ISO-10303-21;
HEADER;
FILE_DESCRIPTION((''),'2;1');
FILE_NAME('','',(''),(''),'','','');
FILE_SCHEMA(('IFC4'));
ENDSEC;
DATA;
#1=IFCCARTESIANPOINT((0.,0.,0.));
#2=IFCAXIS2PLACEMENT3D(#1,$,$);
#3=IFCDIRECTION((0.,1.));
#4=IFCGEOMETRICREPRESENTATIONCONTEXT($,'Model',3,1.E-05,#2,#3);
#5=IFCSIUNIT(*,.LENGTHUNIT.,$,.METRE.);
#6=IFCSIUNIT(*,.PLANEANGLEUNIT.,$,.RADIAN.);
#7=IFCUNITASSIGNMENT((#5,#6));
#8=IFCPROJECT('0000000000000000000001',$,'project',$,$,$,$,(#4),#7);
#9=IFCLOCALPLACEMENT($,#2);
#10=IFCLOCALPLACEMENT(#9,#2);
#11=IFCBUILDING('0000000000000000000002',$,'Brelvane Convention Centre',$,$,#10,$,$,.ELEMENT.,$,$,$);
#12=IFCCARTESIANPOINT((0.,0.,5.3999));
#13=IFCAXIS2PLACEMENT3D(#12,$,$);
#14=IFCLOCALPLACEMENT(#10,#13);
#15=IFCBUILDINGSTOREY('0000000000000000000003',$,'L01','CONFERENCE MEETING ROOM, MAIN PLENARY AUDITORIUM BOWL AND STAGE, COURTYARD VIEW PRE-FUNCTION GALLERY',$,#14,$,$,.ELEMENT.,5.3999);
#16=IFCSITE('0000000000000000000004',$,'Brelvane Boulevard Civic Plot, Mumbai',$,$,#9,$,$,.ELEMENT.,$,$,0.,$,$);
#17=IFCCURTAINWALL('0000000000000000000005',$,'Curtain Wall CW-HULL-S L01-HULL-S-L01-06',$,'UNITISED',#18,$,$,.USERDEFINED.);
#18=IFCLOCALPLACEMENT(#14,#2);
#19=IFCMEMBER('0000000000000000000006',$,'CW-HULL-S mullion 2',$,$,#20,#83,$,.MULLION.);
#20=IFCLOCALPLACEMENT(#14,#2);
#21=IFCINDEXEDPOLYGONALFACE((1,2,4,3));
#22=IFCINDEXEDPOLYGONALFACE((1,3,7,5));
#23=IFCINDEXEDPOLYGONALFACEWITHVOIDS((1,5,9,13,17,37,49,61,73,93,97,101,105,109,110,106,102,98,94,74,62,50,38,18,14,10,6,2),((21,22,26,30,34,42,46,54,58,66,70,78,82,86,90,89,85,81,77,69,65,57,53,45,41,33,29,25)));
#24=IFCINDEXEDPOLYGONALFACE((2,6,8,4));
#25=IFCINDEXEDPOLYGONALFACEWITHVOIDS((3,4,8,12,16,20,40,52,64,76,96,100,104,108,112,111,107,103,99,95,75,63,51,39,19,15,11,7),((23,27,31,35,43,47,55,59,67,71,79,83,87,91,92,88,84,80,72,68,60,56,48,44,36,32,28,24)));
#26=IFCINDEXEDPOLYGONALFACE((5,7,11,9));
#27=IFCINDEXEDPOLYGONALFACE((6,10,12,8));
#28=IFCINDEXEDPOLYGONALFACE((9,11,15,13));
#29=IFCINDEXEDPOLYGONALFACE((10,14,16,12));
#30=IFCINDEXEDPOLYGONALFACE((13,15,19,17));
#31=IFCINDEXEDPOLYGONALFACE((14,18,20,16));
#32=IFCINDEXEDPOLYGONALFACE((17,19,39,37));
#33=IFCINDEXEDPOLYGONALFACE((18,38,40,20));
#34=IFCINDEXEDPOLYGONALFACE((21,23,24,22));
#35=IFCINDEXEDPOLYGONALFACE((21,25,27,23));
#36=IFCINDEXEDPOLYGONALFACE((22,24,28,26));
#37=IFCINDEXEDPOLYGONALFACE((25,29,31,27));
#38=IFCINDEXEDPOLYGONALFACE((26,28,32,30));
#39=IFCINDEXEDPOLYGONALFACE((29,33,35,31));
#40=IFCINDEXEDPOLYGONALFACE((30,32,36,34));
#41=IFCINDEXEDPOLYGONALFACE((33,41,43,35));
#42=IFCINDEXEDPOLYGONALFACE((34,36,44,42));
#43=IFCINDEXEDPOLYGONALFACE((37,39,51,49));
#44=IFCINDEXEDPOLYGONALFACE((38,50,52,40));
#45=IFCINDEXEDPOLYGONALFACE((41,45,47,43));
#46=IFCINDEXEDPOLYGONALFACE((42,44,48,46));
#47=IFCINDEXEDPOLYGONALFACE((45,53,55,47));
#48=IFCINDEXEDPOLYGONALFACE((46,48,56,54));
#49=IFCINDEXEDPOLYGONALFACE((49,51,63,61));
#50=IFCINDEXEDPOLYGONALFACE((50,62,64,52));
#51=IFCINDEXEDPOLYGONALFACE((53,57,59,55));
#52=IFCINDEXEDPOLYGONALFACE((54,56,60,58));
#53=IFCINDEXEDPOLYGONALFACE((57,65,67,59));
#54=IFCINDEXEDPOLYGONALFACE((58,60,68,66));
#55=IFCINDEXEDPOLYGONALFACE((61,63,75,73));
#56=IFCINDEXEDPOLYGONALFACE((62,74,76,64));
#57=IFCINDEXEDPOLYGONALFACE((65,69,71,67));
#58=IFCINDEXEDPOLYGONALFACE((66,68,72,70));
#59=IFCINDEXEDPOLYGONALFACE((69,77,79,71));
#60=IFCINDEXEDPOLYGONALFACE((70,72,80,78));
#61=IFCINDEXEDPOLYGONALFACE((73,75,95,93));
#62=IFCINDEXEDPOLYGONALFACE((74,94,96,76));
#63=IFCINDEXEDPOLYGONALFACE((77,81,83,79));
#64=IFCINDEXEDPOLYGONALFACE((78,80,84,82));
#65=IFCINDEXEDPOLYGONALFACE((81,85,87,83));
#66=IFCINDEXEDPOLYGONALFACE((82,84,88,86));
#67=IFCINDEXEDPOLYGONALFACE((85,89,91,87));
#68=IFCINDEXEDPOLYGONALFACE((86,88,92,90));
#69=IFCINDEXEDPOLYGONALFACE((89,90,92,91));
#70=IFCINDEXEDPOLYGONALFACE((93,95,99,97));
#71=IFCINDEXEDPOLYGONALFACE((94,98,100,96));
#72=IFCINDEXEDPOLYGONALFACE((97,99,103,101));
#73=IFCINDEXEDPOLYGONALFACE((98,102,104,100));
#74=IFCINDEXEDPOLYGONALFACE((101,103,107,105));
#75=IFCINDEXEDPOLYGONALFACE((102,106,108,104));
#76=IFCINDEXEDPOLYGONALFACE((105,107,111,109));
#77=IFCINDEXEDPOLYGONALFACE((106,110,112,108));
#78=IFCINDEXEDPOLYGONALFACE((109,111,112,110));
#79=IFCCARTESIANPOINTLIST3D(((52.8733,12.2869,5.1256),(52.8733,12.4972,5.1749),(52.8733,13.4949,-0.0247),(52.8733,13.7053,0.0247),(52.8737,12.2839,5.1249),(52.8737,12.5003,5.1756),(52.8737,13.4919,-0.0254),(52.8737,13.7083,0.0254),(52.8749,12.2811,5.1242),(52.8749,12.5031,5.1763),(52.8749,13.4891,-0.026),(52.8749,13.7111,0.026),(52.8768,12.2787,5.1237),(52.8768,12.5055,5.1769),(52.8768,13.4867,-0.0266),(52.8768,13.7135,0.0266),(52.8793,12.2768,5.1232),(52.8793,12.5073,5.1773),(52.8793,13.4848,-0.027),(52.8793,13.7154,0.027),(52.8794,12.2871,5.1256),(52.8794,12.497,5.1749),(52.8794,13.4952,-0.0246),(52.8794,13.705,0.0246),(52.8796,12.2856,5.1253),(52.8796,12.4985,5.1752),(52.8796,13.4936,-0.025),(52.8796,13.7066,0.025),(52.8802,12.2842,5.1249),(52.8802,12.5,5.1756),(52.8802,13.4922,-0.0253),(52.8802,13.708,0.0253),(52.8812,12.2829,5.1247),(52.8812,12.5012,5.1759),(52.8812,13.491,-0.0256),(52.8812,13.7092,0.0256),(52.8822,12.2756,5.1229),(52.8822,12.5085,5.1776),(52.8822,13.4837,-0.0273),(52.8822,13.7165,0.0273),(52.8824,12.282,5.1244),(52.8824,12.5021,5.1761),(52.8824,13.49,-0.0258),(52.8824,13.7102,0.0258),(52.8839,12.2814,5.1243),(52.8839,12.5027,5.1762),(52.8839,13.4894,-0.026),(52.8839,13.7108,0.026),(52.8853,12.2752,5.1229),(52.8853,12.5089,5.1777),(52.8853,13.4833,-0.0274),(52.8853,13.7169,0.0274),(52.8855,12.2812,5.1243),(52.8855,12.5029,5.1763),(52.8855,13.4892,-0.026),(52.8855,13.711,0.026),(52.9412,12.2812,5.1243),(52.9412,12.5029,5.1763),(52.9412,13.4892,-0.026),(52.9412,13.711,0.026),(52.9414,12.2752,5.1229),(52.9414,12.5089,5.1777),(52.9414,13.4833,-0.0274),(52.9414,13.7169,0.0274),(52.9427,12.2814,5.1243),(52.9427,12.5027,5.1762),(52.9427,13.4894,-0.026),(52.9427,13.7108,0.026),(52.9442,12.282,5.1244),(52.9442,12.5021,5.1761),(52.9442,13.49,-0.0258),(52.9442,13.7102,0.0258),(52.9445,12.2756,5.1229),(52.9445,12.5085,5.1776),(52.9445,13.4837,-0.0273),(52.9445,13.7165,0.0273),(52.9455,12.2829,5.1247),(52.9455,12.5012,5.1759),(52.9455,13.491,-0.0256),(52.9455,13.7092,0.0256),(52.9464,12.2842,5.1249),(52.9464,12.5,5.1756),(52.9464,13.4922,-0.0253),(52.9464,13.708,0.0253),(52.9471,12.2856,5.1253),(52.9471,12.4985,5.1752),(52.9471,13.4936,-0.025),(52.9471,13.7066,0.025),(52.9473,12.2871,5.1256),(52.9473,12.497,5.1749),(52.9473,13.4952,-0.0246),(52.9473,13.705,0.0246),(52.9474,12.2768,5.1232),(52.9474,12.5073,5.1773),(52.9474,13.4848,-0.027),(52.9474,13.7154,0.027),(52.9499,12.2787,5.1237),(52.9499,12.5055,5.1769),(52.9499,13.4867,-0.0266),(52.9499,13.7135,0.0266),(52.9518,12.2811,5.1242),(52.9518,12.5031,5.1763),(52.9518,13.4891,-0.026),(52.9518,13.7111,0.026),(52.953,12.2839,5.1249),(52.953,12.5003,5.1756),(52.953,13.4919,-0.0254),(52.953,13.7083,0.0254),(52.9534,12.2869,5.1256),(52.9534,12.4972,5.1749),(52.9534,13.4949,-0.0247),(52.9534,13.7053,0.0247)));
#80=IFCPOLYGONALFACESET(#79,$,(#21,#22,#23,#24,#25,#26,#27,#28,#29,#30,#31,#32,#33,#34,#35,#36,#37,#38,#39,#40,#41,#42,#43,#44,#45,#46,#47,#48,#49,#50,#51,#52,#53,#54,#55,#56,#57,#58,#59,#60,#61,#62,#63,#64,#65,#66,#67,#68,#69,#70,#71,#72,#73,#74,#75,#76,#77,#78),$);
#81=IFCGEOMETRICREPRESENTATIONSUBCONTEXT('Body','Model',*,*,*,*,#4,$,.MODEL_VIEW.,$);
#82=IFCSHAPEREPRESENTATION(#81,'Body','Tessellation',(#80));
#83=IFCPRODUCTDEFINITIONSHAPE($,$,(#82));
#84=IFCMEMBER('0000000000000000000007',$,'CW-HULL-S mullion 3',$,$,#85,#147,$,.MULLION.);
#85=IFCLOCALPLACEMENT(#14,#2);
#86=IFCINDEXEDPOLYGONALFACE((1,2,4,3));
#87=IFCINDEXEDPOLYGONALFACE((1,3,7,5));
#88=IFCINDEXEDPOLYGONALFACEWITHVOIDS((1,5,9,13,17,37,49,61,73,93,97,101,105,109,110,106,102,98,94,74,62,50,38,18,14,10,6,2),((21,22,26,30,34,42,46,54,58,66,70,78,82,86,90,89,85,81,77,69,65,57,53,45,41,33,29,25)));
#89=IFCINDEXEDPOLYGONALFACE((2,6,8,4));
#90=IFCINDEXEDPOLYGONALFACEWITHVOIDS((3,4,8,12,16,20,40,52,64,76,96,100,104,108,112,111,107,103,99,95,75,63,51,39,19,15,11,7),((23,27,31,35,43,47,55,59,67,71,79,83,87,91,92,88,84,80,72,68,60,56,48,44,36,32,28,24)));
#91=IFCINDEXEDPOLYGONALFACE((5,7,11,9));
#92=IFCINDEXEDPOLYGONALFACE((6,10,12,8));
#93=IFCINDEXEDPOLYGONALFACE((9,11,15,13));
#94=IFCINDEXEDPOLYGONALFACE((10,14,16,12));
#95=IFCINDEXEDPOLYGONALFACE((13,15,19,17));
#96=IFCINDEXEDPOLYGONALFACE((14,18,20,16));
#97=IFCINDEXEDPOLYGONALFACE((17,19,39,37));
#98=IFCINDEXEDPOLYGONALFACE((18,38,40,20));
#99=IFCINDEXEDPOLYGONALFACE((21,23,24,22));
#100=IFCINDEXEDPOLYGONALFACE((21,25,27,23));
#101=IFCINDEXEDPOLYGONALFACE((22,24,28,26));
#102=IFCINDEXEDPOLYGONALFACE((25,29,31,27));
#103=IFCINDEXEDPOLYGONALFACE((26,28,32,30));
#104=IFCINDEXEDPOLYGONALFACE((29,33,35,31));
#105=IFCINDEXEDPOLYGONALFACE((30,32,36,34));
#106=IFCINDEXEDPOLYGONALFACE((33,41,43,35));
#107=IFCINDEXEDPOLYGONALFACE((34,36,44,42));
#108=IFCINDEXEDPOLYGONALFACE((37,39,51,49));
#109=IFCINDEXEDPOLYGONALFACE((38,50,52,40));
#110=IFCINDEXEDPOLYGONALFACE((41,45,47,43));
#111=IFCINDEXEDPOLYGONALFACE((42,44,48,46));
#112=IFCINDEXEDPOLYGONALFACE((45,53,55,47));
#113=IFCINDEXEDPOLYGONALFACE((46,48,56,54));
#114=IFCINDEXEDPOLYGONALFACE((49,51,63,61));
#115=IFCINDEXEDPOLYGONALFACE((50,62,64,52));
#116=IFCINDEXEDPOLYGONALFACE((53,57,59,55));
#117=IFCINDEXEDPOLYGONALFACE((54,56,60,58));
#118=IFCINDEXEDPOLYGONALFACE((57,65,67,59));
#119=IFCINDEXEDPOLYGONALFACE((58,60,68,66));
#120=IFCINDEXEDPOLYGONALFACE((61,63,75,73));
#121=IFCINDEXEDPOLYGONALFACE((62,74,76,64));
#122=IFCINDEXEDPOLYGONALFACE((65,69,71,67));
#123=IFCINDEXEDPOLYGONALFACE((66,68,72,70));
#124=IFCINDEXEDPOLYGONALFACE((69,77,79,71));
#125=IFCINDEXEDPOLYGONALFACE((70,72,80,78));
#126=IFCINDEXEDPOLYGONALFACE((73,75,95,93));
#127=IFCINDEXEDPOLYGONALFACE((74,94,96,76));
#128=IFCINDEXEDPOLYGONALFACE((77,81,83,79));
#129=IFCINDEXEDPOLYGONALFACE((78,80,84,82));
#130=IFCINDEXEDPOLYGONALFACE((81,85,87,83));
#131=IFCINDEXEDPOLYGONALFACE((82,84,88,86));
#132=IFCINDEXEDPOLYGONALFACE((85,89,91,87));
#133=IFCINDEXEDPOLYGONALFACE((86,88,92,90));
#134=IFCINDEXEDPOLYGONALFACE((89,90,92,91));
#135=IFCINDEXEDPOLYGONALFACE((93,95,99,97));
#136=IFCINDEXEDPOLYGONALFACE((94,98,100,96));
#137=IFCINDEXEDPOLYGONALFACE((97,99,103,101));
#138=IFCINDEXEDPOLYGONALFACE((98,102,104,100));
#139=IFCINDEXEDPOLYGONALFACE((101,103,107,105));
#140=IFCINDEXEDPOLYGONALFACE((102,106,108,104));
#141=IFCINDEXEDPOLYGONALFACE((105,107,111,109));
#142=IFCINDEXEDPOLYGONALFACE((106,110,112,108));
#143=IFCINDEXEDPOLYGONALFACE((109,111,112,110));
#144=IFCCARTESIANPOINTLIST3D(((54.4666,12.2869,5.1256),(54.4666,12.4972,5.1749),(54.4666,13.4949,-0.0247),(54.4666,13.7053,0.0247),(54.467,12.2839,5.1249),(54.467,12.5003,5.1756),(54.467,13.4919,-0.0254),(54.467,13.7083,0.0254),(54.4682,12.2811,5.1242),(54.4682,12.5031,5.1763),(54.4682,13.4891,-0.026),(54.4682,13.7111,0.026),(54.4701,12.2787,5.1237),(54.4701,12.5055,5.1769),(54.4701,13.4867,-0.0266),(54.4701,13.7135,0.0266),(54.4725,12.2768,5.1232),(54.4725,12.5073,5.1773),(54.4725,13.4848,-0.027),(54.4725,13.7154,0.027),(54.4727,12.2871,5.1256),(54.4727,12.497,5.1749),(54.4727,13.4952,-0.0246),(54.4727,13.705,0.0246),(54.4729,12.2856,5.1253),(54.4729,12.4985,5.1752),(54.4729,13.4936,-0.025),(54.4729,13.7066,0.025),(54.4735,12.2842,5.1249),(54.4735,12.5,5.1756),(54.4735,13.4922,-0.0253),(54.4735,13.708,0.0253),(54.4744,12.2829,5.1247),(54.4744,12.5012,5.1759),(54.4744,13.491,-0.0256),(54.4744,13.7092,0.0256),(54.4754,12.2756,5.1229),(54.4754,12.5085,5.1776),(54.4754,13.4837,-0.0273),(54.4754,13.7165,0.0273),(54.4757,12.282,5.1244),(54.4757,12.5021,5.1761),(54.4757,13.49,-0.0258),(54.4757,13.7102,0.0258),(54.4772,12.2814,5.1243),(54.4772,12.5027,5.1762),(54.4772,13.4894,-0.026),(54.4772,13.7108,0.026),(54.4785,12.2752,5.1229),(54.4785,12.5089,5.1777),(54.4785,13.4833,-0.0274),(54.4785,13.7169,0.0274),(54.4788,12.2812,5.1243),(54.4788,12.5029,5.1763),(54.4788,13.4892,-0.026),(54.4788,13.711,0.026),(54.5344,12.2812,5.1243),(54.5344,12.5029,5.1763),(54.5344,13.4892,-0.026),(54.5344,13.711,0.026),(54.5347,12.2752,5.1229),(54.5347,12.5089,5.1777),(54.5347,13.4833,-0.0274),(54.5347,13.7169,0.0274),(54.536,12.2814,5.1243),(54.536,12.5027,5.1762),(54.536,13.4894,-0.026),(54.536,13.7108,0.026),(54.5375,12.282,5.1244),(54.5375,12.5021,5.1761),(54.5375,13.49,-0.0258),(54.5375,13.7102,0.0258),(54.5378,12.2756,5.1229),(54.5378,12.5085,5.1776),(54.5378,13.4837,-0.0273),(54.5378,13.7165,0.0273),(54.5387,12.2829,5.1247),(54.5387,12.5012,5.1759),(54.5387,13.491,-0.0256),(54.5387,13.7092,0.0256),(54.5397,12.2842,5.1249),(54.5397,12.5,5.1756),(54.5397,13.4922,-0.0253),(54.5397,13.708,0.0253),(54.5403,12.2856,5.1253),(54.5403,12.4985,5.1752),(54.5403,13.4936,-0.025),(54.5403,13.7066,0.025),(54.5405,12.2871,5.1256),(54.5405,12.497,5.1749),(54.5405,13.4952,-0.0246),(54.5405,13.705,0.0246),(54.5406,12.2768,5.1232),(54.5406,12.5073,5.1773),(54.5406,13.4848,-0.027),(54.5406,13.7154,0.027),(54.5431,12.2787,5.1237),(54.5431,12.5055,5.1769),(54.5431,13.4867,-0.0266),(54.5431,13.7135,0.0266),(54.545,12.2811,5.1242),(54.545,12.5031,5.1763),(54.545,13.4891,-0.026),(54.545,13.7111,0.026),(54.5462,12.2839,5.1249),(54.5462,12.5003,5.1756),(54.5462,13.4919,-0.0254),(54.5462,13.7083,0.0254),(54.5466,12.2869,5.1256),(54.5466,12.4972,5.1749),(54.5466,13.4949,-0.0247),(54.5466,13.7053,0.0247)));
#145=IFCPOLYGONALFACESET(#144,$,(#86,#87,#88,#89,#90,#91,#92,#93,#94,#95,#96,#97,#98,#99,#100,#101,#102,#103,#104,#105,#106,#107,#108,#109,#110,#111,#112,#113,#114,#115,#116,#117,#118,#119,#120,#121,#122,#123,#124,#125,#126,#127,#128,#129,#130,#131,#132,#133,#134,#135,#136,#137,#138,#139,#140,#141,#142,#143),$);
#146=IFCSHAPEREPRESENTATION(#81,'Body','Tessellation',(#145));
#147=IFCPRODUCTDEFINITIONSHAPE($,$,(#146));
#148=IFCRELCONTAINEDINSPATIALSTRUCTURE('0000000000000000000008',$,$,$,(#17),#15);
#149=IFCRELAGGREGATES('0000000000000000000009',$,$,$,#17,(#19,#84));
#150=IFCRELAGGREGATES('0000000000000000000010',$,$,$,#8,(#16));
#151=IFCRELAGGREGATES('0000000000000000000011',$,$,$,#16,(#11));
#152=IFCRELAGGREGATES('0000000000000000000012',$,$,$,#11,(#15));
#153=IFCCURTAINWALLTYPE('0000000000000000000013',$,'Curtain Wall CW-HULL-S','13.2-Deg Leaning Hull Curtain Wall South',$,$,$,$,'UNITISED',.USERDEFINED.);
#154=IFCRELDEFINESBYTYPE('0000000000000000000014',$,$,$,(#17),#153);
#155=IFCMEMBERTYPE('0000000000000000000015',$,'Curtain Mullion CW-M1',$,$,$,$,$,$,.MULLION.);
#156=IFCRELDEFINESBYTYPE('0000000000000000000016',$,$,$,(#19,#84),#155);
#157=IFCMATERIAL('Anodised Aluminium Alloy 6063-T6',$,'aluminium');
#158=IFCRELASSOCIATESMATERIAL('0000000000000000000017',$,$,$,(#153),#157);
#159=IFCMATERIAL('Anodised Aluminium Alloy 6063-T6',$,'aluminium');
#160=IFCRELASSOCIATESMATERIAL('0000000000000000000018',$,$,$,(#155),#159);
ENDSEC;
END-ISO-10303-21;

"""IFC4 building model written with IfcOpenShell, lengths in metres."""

from ifc_helpers import new_model, si_unit, direction, frame, origin, origin_2d, place, context, subcontext, project, spatial, hollow_rectangle, extrude, material, material_profile, profile_set, type_object, element, aggregate, save


model = new_model("IFC4")

# Units and contexts
model_context = context("Model", 3, precision=1e-05, world=origin(), true_north=direction((0.0, 1.0)))
body_context = subcontext(model_context, "Body", "Model", "MODEL_VIEW")
ifc_project = project(units=[si_unit("LENGTHUNIT", "METRE"), si_unit("PLANEANGLEUNIT", "RADIAN")], contexts=[model_context])

# Site, building, storey
site_placement = place(None, origin())
site = spatial("IfcSite", under=ifc_project, at=site_placement, Name="Brelvane Boulevard Civic Plot, Mumbai", CompositionType="ELEMENT", RefElevation=0.0)
building_placement = place(site_placement, origin())
building = spatial("IfcBuilding", under=site, at=building_placement, Name="Brelvane Convention Centre", CompositionType="ELEMENT")
storey_placement = place(building_placement, frame((0.0, 0.0, 5.3999)))
storey = spatial("IfcBuildingStorey", under=building, at=storey_placement, Name="L01", Description="CONFERENCE MEETING ROOM, MAIN PLENARY AUDITORIUM BOWL AND STAGE, COURTYARD VIEW PRE-FUNCTION GALLERY", CompositionType="ELEMENT", Elevation=5.3999)

# Curtain wall, members
ifc_material_1 = material(Name="Anodised Aluminium Alloy 6063-T6", Category="aluminium")
curtain_wall_type = type_object("IfcCurtainWallType", Name="Curtain Wall CW-HULL-S", Description="13.2-Deg Leaning Hull Curtain Wall South", ElementType="UNITISED", PredefinedType="USERDEFINED", material=ifc_material_1)
ifc_material_2 = material(Name="Anodised Aluminium Alloy 6063-T6", Category="aluminium")
ifc_material_profile_1 = material_profile(ifc_material_2, hollow_rectangle(XDim=0.0801, YDim=0.24, WallThickness=0.0061, InnerFilletRadius=0.0061, OuterFilletRadius=0.012, at=origin_2d()), Name="ALU-M 240x80x6.0")
ifc_profile_set_1 = profile_set([ifc_material_profile_1], Name="Anodised Aluminium Alloy 6063-T6")
member_type_1 = type_object("IfcMemberType", Name="Curtain Mullion CW-M1", PredefinedType="MULLION", material=ifc_profile_set_1)
curtain_wall_1_placement = place(storey_placement, origin())
curtain_wall_1 = element("IfcCurtainWall", 1, at=curtain_wall_1_placement, inside=storey, type_object=curtain_wall_type, Name="Curtain Wall CW-HULL-S L01-HULL-S-L01-06", ObjectType="UNITISED", PredefinedType="USERDEFINED")
member_1_placement = place(storey_placement, frame((52.9133, 13.6001, 0.0), z_axis=(0.0, -0.22836, 0.973577), x_axis=(1.0, 0.0, 0.0)))
member_1 = element("IfcMember", 2, at=member_1_placement, type_object=member_type_1, Name="CW-HULL-S mullion 2", PredefinedType="MULLION", context=body_context, shape_type="SweptSolid", body=[
    extrude(hollow_rectangle(XDim=0.0801, YDim=0.24, WallThickness=0.0061, InnerFilletRadius=0.0061, OuterFilletRadius=0.012, at=origin_2d()), origin(), (0.0, 0.0, 1.0), 5.29),
])
member_2_placement = place(storey_placement, frame((54.5066, 13.6001, 0.0), z_axis=(0.0, -0.22836, 0.973577), x_axis=(1.0, 0.0, 0.0)))
member_2 = element("IfcMember", 3, at=member_2_placement, type_object=member_type_1, Name="CW-HULL-S mullion 3", PredefinedType="MULLION", context=body_context, shape_type="SweptSolid", body=[
    extrude(hollow_rectangle(XDim=0.0801, YDim=0.24, WallThickness=0.0061, InnerFilletRadius=0.0061, OuterFilletRadius=0.012, at=origin_2d()), origin(), (0.0, 0.0, 1.0), 5.29),
])

aggregate(curtain_wall_1, [member_1, member_2])

save(model, "model.ifc")
